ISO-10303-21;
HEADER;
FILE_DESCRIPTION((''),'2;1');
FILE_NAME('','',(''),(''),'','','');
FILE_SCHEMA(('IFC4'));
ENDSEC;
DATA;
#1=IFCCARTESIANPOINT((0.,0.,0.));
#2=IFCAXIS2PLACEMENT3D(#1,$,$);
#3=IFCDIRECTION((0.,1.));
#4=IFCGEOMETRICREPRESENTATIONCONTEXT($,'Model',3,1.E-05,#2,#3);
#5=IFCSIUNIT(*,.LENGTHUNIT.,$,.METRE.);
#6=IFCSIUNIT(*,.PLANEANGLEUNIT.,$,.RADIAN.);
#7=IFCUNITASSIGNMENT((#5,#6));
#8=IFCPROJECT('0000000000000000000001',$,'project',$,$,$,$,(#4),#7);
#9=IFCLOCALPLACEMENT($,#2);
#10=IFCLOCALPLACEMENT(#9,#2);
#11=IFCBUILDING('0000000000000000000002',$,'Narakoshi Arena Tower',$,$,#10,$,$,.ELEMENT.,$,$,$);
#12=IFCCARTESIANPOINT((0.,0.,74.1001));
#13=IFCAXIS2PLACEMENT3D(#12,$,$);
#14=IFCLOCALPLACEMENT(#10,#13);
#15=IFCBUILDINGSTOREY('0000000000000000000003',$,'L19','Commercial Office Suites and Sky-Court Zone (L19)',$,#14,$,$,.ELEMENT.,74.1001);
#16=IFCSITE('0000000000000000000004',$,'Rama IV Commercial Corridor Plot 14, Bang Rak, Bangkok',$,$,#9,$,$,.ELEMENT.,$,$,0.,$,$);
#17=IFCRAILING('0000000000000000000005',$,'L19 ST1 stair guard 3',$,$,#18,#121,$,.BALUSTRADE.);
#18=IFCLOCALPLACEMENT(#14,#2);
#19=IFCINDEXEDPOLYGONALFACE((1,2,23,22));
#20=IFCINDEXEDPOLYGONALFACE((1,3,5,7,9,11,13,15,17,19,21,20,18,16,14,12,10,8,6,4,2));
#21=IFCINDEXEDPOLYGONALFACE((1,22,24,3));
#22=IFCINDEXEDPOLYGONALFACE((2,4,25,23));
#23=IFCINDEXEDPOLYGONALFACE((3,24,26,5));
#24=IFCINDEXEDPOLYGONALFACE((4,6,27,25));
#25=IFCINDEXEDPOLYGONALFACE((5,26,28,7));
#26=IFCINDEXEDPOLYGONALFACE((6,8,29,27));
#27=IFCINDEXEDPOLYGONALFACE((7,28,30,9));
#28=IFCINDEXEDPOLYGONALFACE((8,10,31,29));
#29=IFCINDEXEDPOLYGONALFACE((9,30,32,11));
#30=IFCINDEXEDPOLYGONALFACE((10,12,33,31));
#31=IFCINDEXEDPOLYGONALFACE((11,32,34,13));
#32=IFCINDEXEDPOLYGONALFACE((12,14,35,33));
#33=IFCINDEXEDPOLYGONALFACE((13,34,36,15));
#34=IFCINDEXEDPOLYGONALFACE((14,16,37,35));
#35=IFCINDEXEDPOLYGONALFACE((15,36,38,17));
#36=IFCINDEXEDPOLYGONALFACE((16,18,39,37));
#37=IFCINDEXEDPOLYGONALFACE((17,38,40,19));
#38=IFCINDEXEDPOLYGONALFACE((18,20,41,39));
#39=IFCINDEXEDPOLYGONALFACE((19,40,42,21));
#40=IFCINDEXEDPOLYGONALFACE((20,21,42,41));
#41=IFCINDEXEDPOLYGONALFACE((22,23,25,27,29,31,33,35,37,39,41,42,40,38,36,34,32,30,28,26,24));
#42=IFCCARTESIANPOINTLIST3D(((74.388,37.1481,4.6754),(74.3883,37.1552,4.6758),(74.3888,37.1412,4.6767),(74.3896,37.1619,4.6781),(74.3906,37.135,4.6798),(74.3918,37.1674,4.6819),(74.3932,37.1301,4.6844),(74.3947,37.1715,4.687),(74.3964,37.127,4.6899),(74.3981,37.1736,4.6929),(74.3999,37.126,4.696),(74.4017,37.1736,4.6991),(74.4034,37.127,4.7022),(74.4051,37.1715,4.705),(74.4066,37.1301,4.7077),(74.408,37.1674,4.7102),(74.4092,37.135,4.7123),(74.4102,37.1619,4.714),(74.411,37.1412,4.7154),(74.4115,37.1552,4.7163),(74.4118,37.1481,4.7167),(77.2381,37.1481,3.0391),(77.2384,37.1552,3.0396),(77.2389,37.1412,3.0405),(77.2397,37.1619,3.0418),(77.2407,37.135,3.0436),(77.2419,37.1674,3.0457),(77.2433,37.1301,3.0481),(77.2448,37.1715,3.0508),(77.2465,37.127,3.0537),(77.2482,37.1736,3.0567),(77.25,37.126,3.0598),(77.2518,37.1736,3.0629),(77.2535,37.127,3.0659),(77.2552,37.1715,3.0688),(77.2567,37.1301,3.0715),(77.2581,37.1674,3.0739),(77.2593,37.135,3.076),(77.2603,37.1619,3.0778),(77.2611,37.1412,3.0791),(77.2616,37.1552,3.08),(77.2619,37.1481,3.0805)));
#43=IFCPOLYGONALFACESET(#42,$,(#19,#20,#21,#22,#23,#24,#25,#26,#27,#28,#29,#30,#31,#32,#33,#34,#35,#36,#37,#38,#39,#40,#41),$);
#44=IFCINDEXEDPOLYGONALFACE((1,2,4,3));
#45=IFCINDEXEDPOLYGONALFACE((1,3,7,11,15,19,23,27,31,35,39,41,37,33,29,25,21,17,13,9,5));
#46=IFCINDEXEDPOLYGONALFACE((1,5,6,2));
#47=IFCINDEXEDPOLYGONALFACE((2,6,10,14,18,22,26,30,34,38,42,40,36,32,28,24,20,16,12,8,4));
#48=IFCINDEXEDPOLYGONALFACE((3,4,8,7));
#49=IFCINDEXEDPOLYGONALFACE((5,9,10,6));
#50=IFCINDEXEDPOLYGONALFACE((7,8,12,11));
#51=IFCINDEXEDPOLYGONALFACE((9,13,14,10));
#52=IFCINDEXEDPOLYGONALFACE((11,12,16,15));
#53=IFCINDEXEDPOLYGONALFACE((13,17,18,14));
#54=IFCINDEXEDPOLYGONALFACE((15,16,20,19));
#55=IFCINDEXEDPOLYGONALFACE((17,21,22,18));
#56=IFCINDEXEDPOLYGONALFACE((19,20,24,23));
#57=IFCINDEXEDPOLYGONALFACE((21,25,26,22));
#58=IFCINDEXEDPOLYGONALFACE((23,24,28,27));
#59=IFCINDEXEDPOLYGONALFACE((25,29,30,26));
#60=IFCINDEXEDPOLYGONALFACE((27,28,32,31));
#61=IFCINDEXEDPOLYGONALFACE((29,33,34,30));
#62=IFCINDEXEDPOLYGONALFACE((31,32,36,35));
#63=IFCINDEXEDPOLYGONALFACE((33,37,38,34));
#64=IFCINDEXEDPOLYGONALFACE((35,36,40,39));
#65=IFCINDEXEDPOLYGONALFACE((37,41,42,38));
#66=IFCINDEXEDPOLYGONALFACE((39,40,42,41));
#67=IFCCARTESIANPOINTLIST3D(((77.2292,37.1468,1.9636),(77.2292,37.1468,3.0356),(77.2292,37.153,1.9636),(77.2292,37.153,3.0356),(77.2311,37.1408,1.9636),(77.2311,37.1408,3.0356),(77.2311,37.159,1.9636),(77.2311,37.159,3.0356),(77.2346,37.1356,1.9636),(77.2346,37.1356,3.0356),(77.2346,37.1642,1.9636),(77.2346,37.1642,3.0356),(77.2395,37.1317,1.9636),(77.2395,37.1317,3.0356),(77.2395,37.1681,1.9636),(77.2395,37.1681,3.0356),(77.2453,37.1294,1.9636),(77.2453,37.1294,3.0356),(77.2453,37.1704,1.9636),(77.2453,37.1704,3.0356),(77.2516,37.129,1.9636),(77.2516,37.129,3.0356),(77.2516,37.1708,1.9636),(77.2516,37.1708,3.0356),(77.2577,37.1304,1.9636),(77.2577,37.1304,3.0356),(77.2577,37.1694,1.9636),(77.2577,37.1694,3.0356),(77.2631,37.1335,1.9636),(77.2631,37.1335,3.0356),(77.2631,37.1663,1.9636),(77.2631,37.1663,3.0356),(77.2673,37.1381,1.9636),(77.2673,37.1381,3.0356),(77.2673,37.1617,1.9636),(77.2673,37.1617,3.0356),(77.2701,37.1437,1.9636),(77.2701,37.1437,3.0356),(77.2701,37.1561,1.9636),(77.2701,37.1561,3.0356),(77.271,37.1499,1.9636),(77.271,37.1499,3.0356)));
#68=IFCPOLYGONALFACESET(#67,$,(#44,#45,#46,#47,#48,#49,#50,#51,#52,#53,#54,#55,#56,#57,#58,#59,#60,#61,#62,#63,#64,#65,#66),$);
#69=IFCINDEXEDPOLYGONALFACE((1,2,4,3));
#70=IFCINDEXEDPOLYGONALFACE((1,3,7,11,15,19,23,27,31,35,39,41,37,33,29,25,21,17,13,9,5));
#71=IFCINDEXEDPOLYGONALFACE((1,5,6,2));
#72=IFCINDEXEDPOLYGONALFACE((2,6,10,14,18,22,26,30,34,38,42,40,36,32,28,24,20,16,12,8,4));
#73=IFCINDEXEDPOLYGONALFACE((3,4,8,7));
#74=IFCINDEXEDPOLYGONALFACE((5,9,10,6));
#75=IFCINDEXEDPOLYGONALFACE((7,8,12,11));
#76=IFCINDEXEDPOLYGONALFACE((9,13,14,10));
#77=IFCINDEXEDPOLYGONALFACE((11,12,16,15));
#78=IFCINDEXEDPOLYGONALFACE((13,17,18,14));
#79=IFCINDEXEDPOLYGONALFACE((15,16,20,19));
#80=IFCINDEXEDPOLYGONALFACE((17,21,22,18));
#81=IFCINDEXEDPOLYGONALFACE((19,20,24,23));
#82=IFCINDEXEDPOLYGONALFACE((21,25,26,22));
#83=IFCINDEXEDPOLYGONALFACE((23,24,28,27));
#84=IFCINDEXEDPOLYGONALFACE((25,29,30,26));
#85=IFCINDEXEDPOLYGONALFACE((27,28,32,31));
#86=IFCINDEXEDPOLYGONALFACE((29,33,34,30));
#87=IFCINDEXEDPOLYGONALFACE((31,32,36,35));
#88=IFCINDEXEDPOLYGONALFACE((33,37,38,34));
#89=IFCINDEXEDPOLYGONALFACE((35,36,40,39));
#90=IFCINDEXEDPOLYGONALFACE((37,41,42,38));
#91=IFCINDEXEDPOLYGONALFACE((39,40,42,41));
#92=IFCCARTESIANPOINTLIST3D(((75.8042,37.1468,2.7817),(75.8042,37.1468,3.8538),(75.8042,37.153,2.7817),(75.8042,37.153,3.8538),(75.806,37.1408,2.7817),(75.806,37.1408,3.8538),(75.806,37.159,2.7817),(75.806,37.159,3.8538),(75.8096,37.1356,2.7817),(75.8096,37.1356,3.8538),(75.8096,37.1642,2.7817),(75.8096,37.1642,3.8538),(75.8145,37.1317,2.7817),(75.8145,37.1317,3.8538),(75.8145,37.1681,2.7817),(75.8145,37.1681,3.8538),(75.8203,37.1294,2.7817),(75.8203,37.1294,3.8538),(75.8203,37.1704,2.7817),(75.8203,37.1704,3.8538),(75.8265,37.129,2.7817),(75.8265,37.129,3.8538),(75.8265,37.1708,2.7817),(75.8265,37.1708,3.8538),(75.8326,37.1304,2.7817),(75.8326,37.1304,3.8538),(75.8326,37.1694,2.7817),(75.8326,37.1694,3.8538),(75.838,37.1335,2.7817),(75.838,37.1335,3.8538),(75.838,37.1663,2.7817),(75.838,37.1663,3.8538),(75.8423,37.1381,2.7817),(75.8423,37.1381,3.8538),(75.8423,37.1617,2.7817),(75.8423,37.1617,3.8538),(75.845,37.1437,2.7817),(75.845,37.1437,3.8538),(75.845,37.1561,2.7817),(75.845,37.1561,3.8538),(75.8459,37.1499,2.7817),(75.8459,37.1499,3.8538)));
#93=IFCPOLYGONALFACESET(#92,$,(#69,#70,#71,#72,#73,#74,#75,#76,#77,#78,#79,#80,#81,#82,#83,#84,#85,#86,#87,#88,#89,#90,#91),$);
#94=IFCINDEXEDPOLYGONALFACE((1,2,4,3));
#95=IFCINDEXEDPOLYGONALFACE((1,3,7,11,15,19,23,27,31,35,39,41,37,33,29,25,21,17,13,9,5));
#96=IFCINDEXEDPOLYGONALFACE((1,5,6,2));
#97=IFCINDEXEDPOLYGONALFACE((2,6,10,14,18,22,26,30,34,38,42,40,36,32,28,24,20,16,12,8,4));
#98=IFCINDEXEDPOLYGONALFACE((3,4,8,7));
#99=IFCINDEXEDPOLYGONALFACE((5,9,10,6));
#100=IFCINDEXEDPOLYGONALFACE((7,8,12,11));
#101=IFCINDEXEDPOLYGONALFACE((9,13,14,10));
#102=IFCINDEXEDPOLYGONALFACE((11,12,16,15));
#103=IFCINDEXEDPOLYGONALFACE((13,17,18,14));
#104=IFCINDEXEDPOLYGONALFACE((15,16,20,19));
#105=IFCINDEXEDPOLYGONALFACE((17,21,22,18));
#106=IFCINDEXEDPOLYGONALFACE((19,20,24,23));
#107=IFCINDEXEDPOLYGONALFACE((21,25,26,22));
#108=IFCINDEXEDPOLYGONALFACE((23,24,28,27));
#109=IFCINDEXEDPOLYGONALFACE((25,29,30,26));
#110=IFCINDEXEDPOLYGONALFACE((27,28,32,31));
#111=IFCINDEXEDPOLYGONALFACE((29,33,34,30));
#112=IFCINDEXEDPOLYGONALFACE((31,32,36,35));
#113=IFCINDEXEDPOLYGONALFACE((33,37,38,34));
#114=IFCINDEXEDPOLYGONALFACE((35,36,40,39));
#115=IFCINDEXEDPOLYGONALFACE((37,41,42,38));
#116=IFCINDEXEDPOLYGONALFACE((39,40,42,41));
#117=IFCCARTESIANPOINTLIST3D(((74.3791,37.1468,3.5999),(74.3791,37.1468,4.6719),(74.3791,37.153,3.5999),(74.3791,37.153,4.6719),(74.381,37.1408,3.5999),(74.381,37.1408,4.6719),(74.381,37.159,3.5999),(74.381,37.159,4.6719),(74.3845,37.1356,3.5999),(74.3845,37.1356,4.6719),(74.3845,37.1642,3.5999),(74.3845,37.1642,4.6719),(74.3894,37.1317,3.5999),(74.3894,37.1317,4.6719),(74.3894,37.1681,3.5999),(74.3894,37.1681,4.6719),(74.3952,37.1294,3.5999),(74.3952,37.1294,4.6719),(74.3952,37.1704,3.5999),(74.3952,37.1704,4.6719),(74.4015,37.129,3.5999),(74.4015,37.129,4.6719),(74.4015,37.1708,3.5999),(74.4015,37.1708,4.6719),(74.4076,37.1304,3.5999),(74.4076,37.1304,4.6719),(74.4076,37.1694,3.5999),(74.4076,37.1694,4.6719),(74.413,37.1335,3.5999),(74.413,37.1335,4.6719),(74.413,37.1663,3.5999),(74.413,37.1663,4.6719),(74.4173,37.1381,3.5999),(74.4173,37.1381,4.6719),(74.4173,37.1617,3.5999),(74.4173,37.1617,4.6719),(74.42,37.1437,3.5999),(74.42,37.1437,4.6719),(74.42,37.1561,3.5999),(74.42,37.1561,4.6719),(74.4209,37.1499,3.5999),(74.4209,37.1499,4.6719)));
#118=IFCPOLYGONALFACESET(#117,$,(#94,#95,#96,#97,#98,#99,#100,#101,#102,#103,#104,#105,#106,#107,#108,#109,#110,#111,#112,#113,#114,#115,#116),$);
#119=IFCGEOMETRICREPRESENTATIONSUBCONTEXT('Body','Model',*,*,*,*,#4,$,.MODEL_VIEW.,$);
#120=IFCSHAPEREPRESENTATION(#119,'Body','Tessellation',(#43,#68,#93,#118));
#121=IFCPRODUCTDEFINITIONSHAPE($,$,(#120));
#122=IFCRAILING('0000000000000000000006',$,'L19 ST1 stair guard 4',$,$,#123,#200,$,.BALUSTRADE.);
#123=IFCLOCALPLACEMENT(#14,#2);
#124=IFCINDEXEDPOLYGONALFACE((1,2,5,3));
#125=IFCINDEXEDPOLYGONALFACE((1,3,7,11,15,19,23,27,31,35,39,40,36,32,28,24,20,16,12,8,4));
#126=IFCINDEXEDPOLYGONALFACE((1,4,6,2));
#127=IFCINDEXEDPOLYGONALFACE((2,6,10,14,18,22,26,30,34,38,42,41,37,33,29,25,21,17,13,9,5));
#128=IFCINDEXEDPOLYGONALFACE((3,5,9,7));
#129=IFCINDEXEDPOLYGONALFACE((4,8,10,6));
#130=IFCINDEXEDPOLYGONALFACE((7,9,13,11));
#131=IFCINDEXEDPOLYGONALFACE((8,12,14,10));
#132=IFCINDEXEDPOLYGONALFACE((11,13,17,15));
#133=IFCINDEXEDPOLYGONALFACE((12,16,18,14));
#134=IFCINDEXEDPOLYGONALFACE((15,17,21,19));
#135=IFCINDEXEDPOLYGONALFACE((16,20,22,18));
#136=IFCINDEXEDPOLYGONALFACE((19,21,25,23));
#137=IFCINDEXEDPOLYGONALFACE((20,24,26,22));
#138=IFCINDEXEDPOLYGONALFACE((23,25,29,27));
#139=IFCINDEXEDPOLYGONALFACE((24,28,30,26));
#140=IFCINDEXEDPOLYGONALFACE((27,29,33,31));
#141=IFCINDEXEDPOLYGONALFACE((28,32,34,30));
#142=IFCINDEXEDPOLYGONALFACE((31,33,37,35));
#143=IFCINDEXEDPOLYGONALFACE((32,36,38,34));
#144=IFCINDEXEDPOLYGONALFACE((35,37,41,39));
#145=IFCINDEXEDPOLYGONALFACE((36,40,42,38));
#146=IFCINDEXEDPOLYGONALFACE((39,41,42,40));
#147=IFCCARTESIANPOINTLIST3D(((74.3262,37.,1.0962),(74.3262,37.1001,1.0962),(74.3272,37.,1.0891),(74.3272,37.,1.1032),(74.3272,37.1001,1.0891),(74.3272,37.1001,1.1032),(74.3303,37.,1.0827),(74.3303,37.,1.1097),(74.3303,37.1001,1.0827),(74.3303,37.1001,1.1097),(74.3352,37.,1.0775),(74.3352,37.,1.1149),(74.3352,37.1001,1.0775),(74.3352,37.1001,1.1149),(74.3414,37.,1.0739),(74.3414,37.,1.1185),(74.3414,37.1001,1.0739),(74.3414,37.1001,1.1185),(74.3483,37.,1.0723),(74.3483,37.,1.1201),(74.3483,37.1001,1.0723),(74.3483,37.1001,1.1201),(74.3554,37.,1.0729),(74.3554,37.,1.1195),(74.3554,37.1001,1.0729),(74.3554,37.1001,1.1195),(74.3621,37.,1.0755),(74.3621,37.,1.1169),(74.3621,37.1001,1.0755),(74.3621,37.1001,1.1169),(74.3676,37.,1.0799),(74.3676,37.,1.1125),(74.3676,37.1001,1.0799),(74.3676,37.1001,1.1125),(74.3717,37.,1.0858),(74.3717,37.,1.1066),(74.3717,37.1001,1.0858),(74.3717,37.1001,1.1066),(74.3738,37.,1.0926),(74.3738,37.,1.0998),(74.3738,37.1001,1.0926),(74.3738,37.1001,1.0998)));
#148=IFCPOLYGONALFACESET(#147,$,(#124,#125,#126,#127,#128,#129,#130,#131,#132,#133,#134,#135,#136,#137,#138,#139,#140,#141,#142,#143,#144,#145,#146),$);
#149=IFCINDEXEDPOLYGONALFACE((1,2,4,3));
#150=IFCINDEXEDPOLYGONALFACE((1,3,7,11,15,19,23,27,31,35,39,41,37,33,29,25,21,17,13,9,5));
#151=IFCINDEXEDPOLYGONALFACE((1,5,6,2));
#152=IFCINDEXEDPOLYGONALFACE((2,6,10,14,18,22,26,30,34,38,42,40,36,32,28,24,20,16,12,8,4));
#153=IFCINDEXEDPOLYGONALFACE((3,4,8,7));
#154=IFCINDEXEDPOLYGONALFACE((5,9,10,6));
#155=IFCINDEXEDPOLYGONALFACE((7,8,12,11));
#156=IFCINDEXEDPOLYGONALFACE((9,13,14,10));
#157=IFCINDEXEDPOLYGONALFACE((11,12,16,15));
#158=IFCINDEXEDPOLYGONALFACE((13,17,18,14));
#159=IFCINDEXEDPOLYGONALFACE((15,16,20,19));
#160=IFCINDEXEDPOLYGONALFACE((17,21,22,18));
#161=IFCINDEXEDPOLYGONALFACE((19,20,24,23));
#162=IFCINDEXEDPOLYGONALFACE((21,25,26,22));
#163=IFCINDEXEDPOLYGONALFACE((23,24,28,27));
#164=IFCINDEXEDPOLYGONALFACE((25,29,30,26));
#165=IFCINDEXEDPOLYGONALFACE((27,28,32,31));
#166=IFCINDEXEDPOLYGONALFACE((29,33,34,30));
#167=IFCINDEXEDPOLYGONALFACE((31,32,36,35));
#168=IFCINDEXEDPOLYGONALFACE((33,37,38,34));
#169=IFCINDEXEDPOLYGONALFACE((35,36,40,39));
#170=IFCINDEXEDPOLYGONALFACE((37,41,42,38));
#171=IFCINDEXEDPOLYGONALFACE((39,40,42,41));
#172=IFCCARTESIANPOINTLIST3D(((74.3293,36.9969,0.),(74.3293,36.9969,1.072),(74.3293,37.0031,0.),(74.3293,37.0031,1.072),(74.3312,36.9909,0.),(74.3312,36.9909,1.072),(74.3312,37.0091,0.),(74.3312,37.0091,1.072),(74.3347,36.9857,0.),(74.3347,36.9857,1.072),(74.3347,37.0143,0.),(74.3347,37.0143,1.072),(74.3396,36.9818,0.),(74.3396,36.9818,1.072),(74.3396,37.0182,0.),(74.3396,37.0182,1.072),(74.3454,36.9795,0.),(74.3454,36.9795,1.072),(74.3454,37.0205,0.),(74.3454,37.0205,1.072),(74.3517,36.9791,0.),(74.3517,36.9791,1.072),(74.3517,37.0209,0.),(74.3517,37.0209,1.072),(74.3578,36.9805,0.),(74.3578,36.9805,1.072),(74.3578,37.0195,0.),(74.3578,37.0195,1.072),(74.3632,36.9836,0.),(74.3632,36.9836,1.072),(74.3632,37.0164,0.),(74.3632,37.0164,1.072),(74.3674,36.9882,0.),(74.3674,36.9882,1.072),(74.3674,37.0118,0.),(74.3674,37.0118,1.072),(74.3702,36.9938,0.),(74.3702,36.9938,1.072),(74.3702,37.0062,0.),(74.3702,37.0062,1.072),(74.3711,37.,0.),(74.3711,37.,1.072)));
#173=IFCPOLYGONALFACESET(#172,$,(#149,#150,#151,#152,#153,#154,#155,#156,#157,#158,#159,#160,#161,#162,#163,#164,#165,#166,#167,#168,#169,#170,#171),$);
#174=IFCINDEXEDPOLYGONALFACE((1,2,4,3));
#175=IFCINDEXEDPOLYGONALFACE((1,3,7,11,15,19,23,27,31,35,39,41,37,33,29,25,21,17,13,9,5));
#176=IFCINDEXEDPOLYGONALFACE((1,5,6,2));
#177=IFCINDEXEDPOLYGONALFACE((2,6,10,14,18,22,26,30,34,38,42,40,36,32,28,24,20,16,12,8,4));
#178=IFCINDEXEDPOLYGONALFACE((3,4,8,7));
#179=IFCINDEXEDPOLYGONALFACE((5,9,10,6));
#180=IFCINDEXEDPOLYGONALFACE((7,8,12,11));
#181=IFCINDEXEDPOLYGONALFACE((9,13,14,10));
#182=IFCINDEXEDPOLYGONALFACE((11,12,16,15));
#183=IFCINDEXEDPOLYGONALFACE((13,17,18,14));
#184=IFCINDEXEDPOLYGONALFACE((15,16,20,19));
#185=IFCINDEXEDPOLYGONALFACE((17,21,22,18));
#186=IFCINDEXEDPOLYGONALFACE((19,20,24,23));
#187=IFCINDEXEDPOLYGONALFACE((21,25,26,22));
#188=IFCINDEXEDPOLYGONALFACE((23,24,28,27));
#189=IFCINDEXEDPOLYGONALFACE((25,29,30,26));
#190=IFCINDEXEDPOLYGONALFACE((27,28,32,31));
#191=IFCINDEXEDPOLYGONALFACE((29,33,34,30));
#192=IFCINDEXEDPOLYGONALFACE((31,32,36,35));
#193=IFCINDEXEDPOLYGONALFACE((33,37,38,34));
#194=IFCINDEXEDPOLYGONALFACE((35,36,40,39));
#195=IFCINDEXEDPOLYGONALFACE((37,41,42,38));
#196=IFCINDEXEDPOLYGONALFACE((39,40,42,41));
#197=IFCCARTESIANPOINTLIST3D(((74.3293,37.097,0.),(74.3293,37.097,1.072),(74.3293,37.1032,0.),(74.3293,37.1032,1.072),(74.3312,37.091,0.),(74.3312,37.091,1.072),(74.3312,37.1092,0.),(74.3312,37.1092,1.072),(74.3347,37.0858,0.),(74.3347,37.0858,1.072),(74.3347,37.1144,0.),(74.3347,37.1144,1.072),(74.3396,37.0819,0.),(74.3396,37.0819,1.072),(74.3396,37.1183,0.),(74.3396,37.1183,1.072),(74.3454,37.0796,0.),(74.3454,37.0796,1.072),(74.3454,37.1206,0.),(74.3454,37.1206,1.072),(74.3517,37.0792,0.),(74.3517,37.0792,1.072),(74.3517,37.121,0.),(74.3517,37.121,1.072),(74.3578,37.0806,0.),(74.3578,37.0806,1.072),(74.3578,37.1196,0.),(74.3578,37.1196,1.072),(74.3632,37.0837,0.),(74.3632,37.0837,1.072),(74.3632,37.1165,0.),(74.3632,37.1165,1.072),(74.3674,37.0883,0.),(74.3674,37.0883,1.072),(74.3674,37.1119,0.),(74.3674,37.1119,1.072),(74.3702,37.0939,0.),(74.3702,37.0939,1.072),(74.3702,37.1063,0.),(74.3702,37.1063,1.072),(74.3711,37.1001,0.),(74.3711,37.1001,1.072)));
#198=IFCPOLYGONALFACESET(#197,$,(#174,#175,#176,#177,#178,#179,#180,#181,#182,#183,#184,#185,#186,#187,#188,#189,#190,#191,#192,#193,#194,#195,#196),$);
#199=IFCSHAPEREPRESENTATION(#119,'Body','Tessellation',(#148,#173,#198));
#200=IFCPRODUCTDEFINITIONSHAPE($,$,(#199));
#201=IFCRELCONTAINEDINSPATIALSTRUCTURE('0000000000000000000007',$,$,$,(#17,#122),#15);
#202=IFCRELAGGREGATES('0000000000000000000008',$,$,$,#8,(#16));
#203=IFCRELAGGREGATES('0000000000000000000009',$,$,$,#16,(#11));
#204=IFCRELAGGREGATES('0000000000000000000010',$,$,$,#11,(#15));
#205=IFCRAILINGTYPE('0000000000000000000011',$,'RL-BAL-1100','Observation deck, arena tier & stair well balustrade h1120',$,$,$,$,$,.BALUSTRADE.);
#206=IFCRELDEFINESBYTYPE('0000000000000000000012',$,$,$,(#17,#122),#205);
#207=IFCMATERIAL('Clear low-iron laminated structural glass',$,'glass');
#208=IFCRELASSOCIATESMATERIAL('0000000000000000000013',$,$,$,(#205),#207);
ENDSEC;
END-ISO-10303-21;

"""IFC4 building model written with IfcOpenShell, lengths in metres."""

from ifc_helpers import new_model, si_unit, direction, frame, origin, origin_2d, place, context, subcontext, project, spatial, circle, extrude, material, type_object, element, save


model = new_model("IFC4")

# Units and contexts
model_context = context("Model", 3, precision=1e-05, world=origin(), true_north=direction((0.0, 1.0)))
body_context = subcontext(model_context, "Body", "Model", "MODEL_VIEW")
ifc_project = project(units=[si_unit("LENGTHUNIT", "METRE"), si_unit("PLANEANGLEUNIT", "RADIAN")], contexts=[model_context])

# Site, building, storey
site_placement = place(None, origin())
site = spatial("IfcSite", under=ifc_project, at=site_placement, Name="Rama IV Commercial Corridor Plot 14, Bang Rak, Bangkok", CompositionType="ELEMENT", RefElevation=0.0)
building_placement = place(site_placement, origin())
building = spatial("IfcBuilding", under=site, at=building_placement, Name="Narakoshi Arena Tower", CompositionType="ELEMENT")
storey_placement = place(building_placement, frame((0.0, 0.0, 74.1001)))
storey = spatial("IfcBuildingStorey", under=building, at=storey_placement, Name="L19", Description="Commercial Office Suites and Sky-Court Zone (L19)", CompositionType="ELEMENT", Elevation=74.1001)

# Railings
ifc_material_1 = material(Name="Clear low-iron laminated structural glass", Category="glass")
railing_type_1 = type_object("IfcRailingType", Name="RL-BAL-1100", Description="Observation deck, arena tier & stair well balustrade h1120", PredefinedType="BALUSTRADE", material=ifc_material_1)
railing_1_placement = place(storey_placement, frame((77.25, 37.1499, 1.9636)))
element("IfcRailing", 1, at=railing_1_placement, inside=storey, type_object=railing_type_1, Name="L19 ST1 stair guard 3", PredefinedType="BALUSTRADE", context=body_context, shape_type="SweptSolid", body=[
    extrude(circle(Radius=0.0239, at=origin_2d()), frame((0.0, 0.0, 1.0962), z_axis=(-0.867245, 0.0, 0.497882), x_axis=(0.0, -1.0, 0.0)), (0.0, 0.0, 1.0), 3.2864),
    extrude(circle(Radius=0.021, at=origin_2d()), origin(), (0.0, 0.0, 1.0), 1.072),
    extrude(circle(Radius=0.021, at=origin_2d()), frame((-1.425, 0.0, 0.8181)), (0.0, 0.0, 1.0), 1.072),
    extrude(circle(Radius=0.021, at=origin_2d()), frame((-2.8501, 0.0, 1.6362)), (0.0, 0.0, 1.0), 1.072),
])
railing_2_placement = place(storey_placement, frame((74.3501, 37.0, 0.0)))
element("IfcRailing", 2, at=railing_2_placement, inside=storey, type_object=railing_type_1, Name="L19 ST1 stair guard 4", PredefinedType="BALUSTRADE", context=body_context, shape_type="SweptSolid", body=[
    extrude(circle(Radius=0.0239, at=origin_2d()), frame((0.0, 0.0, 1.0962), z_axis=(0.0, 1.0, 0.0), x_axis=(-1.0, 0.0, 0.0)), (0.0, 0.0, 1.0), 0.1001),
    extrude(circle(Radius=0.021, at=origin_2d()), origin(), (0.0, 0.0, 1.0), 1.072),
    extrude(circle(Radius=0.021, at=origin_2d()), frame((0.0, 0.1001, 0.0)), (0.0, 0.0, 1.0), 1.072),
])

save(model, "model.ifc")
